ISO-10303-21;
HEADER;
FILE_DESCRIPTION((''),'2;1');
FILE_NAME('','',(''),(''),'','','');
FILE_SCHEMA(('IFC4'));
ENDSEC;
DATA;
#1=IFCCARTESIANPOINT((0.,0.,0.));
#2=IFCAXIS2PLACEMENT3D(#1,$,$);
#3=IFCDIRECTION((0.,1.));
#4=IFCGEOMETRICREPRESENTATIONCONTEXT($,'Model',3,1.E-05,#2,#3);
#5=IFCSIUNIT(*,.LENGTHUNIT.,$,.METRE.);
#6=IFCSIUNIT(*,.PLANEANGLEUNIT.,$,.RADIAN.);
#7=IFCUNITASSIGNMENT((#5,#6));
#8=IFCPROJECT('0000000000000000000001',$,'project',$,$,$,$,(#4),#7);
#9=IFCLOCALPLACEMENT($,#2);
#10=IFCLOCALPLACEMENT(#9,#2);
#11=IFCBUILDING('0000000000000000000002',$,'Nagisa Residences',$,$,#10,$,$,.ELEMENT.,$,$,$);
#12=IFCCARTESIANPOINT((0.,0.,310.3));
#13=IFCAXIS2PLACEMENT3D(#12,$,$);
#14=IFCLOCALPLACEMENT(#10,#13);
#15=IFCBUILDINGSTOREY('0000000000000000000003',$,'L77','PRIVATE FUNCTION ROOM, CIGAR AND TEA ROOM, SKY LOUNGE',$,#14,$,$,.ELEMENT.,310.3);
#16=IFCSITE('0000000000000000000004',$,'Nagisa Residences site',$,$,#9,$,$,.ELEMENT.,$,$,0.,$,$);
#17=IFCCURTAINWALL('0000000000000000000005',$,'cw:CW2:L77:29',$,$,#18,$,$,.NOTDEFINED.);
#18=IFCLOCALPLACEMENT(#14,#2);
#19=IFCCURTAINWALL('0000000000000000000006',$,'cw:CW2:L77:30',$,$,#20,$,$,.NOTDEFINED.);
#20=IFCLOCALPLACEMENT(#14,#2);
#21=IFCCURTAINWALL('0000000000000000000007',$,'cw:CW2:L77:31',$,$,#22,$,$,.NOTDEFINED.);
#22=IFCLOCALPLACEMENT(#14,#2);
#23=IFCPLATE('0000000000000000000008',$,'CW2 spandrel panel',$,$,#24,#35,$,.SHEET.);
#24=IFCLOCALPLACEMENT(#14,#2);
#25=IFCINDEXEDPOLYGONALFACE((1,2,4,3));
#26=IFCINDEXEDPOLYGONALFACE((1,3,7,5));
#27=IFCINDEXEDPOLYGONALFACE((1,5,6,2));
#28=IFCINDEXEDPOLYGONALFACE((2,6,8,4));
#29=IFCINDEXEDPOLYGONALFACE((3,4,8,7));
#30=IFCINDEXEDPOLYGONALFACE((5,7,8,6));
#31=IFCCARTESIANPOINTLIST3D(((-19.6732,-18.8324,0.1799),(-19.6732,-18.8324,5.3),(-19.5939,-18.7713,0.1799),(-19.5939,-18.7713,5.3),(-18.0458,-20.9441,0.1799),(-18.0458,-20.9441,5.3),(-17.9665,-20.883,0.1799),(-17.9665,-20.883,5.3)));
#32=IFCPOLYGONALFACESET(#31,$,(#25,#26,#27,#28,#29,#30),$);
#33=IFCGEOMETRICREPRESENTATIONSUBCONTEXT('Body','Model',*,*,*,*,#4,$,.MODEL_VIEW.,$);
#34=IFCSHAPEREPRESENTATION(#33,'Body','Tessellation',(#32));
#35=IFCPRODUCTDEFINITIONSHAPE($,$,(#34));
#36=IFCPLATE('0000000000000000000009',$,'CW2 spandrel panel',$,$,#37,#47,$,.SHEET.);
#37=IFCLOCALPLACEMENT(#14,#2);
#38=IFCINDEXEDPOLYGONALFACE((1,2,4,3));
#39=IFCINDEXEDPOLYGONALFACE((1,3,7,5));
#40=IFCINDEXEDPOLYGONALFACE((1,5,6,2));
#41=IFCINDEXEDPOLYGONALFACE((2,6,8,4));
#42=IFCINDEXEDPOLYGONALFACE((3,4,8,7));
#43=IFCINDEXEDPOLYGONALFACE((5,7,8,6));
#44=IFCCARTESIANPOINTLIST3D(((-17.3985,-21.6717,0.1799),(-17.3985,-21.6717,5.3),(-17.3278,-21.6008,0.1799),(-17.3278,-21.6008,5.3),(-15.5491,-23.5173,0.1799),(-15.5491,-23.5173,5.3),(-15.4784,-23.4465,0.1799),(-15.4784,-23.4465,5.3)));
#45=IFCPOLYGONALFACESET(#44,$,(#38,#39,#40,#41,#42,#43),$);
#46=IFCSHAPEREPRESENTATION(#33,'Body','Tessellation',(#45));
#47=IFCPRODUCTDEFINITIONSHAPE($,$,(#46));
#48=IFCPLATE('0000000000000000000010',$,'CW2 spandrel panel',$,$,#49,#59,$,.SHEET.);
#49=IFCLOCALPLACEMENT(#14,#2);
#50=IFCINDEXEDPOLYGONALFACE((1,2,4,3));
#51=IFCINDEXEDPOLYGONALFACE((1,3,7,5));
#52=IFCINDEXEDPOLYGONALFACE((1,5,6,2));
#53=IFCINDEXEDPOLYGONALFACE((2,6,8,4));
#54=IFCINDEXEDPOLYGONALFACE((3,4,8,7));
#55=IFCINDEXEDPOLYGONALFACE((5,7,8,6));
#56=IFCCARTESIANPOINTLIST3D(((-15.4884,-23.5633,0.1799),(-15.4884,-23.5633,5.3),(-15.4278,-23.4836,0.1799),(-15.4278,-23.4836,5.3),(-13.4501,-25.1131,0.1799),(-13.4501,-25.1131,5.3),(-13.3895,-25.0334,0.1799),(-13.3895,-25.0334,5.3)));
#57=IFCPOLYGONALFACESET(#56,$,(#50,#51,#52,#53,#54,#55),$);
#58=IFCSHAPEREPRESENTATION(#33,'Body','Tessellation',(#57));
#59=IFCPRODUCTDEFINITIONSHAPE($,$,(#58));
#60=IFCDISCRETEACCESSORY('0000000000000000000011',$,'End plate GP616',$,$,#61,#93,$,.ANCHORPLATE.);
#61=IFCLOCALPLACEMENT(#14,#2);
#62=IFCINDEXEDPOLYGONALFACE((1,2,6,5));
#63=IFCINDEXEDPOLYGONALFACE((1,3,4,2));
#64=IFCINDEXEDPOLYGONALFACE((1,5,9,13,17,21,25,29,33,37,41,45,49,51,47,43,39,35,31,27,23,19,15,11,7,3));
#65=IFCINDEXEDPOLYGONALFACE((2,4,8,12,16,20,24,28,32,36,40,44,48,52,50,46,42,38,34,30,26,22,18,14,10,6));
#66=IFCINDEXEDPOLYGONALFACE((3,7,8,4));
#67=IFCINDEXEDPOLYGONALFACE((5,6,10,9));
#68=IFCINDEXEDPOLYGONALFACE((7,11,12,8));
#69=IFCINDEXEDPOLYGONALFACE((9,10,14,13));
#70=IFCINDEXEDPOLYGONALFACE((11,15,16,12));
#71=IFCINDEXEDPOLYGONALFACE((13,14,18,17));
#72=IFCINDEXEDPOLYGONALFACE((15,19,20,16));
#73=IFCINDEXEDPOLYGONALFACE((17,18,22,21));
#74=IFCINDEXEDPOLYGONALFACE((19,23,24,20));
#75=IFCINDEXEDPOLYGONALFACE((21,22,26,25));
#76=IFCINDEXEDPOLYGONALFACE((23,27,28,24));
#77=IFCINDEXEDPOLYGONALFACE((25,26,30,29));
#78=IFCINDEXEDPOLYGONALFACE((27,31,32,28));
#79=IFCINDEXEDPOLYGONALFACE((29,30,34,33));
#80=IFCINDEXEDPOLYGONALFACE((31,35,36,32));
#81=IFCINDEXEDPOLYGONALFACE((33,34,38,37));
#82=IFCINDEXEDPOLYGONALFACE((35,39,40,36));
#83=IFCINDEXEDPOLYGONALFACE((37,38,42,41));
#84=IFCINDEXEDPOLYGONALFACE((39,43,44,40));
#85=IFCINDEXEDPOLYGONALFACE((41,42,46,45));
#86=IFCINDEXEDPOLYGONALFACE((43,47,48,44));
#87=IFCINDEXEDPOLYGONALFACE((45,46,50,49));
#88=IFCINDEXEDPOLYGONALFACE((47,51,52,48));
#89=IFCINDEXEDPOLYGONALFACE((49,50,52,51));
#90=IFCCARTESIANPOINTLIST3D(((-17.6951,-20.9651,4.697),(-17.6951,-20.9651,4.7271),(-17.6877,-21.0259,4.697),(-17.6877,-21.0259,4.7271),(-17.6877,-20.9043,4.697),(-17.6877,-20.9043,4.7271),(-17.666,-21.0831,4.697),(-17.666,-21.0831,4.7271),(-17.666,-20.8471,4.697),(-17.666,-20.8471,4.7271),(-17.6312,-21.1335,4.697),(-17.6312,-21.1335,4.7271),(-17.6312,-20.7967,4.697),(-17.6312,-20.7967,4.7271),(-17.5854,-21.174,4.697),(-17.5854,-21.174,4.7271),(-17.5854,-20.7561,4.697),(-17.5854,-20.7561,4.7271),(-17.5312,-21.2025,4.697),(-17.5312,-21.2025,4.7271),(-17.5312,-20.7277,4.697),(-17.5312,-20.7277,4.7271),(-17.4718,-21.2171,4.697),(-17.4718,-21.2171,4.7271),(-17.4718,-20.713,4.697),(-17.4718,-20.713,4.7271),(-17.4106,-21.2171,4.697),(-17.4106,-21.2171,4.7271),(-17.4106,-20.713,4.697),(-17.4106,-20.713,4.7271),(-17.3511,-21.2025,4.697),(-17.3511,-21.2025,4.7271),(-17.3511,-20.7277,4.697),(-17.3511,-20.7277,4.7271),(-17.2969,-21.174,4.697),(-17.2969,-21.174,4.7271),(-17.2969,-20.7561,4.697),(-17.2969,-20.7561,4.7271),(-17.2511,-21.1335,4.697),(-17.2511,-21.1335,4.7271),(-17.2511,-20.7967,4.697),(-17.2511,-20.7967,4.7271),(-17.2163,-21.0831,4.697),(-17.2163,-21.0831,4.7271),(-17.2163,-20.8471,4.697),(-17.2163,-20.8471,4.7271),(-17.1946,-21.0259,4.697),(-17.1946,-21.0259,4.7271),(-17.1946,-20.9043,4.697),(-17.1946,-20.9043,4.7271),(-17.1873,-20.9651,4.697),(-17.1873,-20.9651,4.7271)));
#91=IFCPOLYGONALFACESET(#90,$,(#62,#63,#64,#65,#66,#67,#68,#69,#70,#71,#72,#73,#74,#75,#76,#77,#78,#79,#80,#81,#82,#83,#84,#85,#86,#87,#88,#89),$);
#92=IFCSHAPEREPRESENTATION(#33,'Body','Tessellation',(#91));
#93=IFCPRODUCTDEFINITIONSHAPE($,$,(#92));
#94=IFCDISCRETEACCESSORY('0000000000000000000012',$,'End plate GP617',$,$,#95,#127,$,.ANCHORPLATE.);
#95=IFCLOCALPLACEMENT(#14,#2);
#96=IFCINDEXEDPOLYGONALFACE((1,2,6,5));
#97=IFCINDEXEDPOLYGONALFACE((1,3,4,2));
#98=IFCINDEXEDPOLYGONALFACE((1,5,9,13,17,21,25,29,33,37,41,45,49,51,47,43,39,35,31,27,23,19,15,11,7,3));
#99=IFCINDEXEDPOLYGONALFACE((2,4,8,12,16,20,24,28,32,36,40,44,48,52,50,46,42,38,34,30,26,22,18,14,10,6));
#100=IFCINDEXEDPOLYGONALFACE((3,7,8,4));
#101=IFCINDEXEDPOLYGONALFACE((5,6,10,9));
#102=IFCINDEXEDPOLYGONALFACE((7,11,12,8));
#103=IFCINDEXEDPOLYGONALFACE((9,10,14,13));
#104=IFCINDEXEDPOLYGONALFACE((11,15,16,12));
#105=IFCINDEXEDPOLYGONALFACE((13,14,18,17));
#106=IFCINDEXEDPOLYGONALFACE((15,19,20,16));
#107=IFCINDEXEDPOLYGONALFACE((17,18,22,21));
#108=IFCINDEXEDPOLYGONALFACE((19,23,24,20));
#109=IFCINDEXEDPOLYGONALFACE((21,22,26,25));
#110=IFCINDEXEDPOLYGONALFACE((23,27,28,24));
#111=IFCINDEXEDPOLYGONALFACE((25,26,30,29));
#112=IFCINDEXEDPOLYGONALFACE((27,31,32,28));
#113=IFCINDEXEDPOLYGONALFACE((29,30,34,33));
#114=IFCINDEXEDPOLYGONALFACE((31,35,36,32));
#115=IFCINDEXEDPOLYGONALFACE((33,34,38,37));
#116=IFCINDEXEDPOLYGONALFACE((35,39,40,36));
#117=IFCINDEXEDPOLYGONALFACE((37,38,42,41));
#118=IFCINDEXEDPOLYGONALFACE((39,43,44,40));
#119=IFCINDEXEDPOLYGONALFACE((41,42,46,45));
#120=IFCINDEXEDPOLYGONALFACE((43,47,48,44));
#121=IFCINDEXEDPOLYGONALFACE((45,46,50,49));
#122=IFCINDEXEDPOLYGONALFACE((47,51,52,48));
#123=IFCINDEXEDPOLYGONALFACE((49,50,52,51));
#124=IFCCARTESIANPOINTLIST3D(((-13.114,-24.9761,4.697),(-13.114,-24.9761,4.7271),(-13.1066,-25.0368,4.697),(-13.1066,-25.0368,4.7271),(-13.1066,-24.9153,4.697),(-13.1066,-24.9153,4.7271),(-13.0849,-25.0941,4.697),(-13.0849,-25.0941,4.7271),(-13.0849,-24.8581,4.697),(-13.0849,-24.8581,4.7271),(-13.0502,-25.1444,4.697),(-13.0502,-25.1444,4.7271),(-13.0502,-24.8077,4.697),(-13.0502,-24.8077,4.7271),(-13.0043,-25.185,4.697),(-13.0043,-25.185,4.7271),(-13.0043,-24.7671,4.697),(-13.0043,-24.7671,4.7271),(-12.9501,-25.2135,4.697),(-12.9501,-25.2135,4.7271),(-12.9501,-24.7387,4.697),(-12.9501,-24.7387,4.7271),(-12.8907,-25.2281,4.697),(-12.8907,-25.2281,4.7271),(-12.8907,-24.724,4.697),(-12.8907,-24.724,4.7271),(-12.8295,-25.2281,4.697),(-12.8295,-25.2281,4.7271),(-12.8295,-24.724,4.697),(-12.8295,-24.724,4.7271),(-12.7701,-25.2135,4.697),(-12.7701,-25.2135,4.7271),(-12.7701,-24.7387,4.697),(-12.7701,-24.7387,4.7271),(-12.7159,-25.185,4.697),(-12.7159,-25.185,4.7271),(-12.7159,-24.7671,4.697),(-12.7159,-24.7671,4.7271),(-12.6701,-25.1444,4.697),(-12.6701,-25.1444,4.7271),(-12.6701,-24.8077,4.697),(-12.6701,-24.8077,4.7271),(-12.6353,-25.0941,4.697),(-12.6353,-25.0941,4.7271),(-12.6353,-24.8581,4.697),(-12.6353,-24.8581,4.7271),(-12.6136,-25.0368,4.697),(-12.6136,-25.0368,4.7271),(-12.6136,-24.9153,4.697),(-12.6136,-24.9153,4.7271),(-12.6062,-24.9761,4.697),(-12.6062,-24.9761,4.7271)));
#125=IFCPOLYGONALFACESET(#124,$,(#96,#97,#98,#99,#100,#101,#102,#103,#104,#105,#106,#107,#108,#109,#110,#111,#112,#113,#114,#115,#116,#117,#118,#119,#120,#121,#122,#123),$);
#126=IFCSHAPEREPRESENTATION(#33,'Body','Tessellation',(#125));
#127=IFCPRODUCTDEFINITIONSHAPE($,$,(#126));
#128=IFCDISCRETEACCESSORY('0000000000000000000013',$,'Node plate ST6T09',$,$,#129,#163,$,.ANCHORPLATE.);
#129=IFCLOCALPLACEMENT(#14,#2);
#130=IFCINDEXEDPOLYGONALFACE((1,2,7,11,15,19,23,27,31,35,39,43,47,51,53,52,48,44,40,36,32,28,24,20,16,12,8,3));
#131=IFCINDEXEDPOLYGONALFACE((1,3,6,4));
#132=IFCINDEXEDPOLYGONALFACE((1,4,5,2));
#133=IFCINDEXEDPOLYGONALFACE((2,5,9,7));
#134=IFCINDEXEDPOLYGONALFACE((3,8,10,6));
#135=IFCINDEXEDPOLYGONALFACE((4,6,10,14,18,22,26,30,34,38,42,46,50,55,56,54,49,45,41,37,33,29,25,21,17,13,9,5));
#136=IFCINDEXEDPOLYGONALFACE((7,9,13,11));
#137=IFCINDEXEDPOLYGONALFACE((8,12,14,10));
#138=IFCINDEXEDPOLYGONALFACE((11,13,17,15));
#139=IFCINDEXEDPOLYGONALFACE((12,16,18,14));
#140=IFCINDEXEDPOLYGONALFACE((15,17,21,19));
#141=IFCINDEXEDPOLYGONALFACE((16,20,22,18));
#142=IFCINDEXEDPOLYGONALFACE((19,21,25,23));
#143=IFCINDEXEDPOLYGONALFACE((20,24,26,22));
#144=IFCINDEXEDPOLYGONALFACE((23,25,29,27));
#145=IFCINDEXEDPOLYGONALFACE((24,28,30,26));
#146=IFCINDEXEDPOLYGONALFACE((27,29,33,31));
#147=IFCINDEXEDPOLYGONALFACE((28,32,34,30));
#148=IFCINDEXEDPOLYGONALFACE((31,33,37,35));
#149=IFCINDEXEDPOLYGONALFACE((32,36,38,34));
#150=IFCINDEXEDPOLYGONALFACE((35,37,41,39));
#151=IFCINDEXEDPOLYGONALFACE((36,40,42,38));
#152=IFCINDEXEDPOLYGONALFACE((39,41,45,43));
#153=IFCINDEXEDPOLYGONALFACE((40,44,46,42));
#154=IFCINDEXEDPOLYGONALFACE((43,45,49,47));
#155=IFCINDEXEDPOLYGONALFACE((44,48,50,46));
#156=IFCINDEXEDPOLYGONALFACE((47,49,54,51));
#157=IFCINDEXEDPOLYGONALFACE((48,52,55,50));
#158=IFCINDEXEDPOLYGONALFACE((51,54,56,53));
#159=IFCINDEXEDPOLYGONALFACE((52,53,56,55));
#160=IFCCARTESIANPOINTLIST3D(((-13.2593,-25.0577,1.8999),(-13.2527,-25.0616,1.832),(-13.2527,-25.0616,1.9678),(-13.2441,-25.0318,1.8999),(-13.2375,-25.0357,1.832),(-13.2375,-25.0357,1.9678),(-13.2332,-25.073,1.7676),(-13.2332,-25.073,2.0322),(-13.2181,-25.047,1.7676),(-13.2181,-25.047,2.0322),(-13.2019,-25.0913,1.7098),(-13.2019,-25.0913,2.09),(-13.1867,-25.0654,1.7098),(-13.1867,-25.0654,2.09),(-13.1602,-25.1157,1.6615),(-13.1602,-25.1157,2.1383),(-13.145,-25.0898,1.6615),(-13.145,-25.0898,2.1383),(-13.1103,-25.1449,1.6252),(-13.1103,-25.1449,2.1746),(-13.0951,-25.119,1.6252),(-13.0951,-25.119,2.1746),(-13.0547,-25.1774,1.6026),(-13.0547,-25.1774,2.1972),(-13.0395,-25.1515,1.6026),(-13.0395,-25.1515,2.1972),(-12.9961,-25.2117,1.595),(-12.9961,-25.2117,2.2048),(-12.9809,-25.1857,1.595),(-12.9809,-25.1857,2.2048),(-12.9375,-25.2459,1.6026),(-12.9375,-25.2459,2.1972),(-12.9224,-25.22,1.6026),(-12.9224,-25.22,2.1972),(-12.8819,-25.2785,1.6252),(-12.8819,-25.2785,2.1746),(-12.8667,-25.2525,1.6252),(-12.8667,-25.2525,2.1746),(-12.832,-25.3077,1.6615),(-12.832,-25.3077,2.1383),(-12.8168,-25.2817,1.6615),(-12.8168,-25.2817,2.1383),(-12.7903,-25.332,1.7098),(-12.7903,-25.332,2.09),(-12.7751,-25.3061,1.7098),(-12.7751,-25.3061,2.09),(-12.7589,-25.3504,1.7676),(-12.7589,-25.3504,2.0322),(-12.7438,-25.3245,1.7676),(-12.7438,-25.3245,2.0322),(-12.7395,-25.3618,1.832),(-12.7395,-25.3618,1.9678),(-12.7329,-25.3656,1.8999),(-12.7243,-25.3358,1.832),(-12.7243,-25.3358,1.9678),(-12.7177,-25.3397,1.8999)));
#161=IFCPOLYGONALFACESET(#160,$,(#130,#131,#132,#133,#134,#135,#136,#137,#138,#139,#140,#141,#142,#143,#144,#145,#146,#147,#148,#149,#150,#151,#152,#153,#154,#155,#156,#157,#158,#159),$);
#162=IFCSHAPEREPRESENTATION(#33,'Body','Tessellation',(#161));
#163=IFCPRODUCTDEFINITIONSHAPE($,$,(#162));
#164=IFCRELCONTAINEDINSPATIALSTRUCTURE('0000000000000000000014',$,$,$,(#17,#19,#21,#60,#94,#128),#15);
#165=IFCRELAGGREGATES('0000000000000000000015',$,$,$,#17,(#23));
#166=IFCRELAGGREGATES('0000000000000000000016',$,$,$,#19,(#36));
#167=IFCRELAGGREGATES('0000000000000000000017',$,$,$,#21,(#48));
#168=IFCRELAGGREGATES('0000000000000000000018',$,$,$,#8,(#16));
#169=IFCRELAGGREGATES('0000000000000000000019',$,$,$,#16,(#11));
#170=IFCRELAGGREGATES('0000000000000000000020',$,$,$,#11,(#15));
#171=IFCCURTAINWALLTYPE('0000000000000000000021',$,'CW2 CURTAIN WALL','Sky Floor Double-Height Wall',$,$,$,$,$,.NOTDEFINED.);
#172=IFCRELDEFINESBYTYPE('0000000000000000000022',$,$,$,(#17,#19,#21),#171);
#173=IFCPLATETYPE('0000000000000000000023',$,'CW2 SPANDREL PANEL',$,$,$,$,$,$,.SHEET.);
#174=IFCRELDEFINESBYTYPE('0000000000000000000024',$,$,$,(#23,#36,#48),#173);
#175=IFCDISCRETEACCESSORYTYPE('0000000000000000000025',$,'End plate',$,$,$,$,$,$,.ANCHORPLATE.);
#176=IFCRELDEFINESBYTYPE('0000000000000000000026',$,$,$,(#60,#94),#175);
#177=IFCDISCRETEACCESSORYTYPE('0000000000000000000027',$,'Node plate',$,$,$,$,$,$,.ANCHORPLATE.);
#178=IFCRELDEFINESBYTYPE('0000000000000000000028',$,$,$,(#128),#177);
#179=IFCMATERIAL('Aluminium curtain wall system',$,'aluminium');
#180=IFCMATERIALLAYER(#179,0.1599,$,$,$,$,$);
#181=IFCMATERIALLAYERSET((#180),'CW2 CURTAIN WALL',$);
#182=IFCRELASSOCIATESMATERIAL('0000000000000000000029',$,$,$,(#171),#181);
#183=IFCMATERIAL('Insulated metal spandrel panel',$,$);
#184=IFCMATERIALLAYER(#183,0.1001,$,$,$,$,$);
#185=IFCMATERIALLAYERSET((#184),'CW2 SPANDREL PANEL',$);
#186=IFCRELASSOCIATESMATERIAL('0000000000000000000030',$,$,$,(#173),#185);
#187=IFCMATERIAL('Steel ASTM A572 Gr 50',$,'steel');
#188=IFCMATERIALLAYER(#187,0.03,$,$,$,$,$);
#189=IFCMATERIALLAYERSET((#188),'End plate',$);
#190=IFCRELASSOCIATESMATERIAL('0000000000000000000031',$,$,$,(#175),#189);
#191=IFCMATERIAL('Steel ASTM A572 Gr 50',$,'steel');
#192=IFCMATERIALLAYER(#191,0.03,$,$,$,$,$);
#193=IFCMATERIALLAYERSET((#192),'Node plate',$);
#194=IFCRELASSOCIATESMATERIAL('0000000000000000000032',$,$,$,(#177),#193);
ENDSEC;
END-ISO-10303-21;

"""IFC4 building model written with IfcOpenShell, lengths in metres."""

from ifc_helpers import new_model, si_unit, direction, frame, origin, origin_2d, place, context, subcontext, project, spatial, rectangle, circle, extrude, material, layer, layer_set, type_object, element, aggregate, save


model = new_model("IFC4")

# Units and contexts
model_context = context("Model", 3, precision=1e-05, world=origin(), true_north=direction((0.0, 1.0)))
body_context = subcontext(model_context, "Body", "Model", "MODEL_VIEW")
ifc_project = project(units=[si_unit("LENGTHUNIT", "METRE"), si_unit("PLANEANGLEUNIT", "RADIAN")], contexts=[model_context])

# Site, building, storey
site_placement = place(None, origin())
site = spatial("IfcSite", under=ifc_project, at=site_placement, Name="Nagisa Residences site", CompositionType="ELEMENT", RefElevation=0.0)
building_placement = place(site_placement, origin())
building = spatial("IfcBuilding", under=site, at=building_placement, Name="Nagisa Residences", CompositionType="ELEMENT")
storey_placement = place(building_placement, frame((0.0, 0.0, 310.3)))
storey = spatial("IfcBuildingStorey", under=building, at=storey_placement, Name="L77", Description="PRIVATE FUNCTION ROOM, CIGAR AND TEA ROOM, SKY LOUNGE", CompositionType="ELEMENT", Elevation=310.3)

# Curtain walls
ifc_material_1 = material(Name="Aluminium curtain wall system", Category="aluminium")
ifc_layer_1 = layer(ifc_material_1, 0.1599)
ifc_layer_set_1 = layer_set([ifc_layer_1], Name="CW2 CURTAIN WALL")
curtain_wall_type = type_object("IfcCurtainWallType", Name="CW2 CURTAIN WALL", Description="Sky Floor Double-Height Wall", PredefinedType="NOTDEFINED", material=ifc_layer_set_1)
curtain_wall_1_placement = place(storey_placement, origin())
curtain_wall_1 = element("IfcCurtainWall", 1, at=curtain_wall_1_placement, inside=storey, type_object=curtain_wall_type, Name="cw:CW2:L77:29", PredefinedType="NOTDEFINED")
curtain_wall_2_placement = place(storey_placement, origin())
curtain_wall_2 = element("IfcCurtainWall", 2, at=curtain_wall_2_placement, inside=storey, type_object=curtain_wall_type, Name="cw:CW2:L77:30", PredefinedType="NOTDEFINED")
curtain_wall_3_placement = place(storey_placement, origin())
curtain_wall_3 = element("IfcCurtainWall", 3, at=curtain_wall_3_placement, inside=storey, type_object=curtain_wall_type, Name="cw:CW2:L77:31", PredefinedType="NOTDEFINED")

# Plates
ifc_material_2 = material(Name="Insulated metal spandrel panel")
ifc_layer_2 = layer(ifc_material_2, 0.1001)
ifc_layer_set_2 = layer_set([ifc_layer_2], Name="CW2 SPANDREL PANEL")
plate_type = type_object("IfcPlateType", Name="CW2 SPANDREL PANEL", PredefinedType="SHEET", material=ifc_layer_set_2)
plate_1_placement = place(storey_placement, frame((-18.8198, -19.8577, 0.1799), z_axis=(0.0, 0.0, 1.0), x_axis=(0.61043, -0.79207, 0.0)))
plate_1 = element("IfcPlate", 4, at=plate_1_placement, type_object=plate_type, Name="CW2 spandrel panel", PredefinedType="SHEET", context=body_context, shape_type="SweptSolid", body=[
    extrude(rectangle(XDim=2.666, YDim=0.1001, at=origin_2d()), origin(), (0.0, 0.0, 1.0), 5.1201),
])
aggregate(curtain_wall_1, [plate_1])
plate_2_placement = place(storey_placement, frame((-16.4385, -22.5591, 0.1799), z_axis=(0.0, 0.0, 1.0), x_axis=(0.707836, -0.706377, 0.0)))
plate_2 = element("IfcPlate", 5, at=plate_2_placement, type_object=plate_type, Name="CW2 spandrel panel", PredefinedType="SHEET", context=body_context, shape_type="SweptSolid", body=[
    extrude(rectangle(XDim=2.6128, YDim=0.1001, at=origin_2d()), origin(), (0.0, 0.0, 1.0), 5.1201),
])
aggregate(curtain_wall_2, [plate_2])
plate_3_placement = place(storey_placement, frame((-14.439, -24.2983, 0.1799), z_axis=(0.0, 0.0, 1.0), x_axis=(0.796031, -0.605255, 0.0)))
plate_3 = element("IfcPlate", 6, at=plate_3_placement, type_object=plate_type, Name="CW2 spandrel panel", PredefinedType="SHEET", context=body_context, shape_type="SweptSolid", body=[
    extrude(rectangle(XDim=2.5605, YDim=0.1001, at=origin_2d()), origin(), (0.0, 0.0, 1.0), 5.1201),
])
aggregate(curtain_wall_3, [plate_3])

# Discrete accessories
ifc_material_3 = material(Name="Steel ASTM A572 Gr 50", Category="steel")
ifc_layer_3 = layer(ifc_material_3, 0.03)
ifc_layer_set_3 = layer_set([ifc_layer_3], Name="End plate")
discrete_accessory_type_1 = type_object("IfcDiscreteAccessoryType", Name="End plate", PredefinedType="ANCHORPLATE", material=ifc_layer_set_3)
for number, where, z_axis, x_axis, name in (
    (7, (-17.4412, -20.9651, 4.697), (0.0, 0.0, 1.0), (1.0, 0.0, 0.0), "End plate GP616"),
    (8, (-12.8601, -24.9761, 4.697), (0.0, 0.0, 1.0), (1.0, 0.0, 0.0), "End plate GP617"),
):
    element("IfcDiscreteAccessory", number, at=place(storey_placement, frame(where, z_axis=z_axis, x_axis=x_axis)), inside=storey, type_object=discrete_accessory_type_1, Name=name, PredefinedType="ANCHORPLATE", context=body_context, shape_type="SweptSolid", body=[
        extrude(circle(Radius=0.2539, at=origin_2d()), origin(), (0.0, 0.0, 1.0), 0.03),
    ])
ifc_material_4 = material(Name="Steel ASTM A572 Gr 50", Category="steel")
ifc_layer_4 = layer(ifc_material_4, 0.03)
ifc_layer_set_4 = layer_set([ifc_layer_4], Name="Node plate")
discrete_accessory_type_2 = type_object("IfcDiscreteAccessoryType", Name="Node plate", PredefinedType="ANCHORPLATE", material=ifc_layer_set_4)
discrete_accessory_placement = place(storey_placement, frame((-12.9961, -25.2117, 1.8999), z_axis=(0.504883, 0.863188, 0.0), x_axis=(-0.863188, 0.504883, 0.0)))
element("IfcDiscreteAccessory", 9, at=discrete_accessory_placement, inside=storey, type_object=discrete_accessory_type_2, Name="Node plate ST6T09", PredefinedType="ANCHORPLATE", context=body_context, shape_type="SweptSolid", body=[
    extrude(circle(Radius=0.3049, at=origin_2d()), origin(), (0.0, 0.0, 1.0), 0.03),
])

save(model, "model.ifc")
